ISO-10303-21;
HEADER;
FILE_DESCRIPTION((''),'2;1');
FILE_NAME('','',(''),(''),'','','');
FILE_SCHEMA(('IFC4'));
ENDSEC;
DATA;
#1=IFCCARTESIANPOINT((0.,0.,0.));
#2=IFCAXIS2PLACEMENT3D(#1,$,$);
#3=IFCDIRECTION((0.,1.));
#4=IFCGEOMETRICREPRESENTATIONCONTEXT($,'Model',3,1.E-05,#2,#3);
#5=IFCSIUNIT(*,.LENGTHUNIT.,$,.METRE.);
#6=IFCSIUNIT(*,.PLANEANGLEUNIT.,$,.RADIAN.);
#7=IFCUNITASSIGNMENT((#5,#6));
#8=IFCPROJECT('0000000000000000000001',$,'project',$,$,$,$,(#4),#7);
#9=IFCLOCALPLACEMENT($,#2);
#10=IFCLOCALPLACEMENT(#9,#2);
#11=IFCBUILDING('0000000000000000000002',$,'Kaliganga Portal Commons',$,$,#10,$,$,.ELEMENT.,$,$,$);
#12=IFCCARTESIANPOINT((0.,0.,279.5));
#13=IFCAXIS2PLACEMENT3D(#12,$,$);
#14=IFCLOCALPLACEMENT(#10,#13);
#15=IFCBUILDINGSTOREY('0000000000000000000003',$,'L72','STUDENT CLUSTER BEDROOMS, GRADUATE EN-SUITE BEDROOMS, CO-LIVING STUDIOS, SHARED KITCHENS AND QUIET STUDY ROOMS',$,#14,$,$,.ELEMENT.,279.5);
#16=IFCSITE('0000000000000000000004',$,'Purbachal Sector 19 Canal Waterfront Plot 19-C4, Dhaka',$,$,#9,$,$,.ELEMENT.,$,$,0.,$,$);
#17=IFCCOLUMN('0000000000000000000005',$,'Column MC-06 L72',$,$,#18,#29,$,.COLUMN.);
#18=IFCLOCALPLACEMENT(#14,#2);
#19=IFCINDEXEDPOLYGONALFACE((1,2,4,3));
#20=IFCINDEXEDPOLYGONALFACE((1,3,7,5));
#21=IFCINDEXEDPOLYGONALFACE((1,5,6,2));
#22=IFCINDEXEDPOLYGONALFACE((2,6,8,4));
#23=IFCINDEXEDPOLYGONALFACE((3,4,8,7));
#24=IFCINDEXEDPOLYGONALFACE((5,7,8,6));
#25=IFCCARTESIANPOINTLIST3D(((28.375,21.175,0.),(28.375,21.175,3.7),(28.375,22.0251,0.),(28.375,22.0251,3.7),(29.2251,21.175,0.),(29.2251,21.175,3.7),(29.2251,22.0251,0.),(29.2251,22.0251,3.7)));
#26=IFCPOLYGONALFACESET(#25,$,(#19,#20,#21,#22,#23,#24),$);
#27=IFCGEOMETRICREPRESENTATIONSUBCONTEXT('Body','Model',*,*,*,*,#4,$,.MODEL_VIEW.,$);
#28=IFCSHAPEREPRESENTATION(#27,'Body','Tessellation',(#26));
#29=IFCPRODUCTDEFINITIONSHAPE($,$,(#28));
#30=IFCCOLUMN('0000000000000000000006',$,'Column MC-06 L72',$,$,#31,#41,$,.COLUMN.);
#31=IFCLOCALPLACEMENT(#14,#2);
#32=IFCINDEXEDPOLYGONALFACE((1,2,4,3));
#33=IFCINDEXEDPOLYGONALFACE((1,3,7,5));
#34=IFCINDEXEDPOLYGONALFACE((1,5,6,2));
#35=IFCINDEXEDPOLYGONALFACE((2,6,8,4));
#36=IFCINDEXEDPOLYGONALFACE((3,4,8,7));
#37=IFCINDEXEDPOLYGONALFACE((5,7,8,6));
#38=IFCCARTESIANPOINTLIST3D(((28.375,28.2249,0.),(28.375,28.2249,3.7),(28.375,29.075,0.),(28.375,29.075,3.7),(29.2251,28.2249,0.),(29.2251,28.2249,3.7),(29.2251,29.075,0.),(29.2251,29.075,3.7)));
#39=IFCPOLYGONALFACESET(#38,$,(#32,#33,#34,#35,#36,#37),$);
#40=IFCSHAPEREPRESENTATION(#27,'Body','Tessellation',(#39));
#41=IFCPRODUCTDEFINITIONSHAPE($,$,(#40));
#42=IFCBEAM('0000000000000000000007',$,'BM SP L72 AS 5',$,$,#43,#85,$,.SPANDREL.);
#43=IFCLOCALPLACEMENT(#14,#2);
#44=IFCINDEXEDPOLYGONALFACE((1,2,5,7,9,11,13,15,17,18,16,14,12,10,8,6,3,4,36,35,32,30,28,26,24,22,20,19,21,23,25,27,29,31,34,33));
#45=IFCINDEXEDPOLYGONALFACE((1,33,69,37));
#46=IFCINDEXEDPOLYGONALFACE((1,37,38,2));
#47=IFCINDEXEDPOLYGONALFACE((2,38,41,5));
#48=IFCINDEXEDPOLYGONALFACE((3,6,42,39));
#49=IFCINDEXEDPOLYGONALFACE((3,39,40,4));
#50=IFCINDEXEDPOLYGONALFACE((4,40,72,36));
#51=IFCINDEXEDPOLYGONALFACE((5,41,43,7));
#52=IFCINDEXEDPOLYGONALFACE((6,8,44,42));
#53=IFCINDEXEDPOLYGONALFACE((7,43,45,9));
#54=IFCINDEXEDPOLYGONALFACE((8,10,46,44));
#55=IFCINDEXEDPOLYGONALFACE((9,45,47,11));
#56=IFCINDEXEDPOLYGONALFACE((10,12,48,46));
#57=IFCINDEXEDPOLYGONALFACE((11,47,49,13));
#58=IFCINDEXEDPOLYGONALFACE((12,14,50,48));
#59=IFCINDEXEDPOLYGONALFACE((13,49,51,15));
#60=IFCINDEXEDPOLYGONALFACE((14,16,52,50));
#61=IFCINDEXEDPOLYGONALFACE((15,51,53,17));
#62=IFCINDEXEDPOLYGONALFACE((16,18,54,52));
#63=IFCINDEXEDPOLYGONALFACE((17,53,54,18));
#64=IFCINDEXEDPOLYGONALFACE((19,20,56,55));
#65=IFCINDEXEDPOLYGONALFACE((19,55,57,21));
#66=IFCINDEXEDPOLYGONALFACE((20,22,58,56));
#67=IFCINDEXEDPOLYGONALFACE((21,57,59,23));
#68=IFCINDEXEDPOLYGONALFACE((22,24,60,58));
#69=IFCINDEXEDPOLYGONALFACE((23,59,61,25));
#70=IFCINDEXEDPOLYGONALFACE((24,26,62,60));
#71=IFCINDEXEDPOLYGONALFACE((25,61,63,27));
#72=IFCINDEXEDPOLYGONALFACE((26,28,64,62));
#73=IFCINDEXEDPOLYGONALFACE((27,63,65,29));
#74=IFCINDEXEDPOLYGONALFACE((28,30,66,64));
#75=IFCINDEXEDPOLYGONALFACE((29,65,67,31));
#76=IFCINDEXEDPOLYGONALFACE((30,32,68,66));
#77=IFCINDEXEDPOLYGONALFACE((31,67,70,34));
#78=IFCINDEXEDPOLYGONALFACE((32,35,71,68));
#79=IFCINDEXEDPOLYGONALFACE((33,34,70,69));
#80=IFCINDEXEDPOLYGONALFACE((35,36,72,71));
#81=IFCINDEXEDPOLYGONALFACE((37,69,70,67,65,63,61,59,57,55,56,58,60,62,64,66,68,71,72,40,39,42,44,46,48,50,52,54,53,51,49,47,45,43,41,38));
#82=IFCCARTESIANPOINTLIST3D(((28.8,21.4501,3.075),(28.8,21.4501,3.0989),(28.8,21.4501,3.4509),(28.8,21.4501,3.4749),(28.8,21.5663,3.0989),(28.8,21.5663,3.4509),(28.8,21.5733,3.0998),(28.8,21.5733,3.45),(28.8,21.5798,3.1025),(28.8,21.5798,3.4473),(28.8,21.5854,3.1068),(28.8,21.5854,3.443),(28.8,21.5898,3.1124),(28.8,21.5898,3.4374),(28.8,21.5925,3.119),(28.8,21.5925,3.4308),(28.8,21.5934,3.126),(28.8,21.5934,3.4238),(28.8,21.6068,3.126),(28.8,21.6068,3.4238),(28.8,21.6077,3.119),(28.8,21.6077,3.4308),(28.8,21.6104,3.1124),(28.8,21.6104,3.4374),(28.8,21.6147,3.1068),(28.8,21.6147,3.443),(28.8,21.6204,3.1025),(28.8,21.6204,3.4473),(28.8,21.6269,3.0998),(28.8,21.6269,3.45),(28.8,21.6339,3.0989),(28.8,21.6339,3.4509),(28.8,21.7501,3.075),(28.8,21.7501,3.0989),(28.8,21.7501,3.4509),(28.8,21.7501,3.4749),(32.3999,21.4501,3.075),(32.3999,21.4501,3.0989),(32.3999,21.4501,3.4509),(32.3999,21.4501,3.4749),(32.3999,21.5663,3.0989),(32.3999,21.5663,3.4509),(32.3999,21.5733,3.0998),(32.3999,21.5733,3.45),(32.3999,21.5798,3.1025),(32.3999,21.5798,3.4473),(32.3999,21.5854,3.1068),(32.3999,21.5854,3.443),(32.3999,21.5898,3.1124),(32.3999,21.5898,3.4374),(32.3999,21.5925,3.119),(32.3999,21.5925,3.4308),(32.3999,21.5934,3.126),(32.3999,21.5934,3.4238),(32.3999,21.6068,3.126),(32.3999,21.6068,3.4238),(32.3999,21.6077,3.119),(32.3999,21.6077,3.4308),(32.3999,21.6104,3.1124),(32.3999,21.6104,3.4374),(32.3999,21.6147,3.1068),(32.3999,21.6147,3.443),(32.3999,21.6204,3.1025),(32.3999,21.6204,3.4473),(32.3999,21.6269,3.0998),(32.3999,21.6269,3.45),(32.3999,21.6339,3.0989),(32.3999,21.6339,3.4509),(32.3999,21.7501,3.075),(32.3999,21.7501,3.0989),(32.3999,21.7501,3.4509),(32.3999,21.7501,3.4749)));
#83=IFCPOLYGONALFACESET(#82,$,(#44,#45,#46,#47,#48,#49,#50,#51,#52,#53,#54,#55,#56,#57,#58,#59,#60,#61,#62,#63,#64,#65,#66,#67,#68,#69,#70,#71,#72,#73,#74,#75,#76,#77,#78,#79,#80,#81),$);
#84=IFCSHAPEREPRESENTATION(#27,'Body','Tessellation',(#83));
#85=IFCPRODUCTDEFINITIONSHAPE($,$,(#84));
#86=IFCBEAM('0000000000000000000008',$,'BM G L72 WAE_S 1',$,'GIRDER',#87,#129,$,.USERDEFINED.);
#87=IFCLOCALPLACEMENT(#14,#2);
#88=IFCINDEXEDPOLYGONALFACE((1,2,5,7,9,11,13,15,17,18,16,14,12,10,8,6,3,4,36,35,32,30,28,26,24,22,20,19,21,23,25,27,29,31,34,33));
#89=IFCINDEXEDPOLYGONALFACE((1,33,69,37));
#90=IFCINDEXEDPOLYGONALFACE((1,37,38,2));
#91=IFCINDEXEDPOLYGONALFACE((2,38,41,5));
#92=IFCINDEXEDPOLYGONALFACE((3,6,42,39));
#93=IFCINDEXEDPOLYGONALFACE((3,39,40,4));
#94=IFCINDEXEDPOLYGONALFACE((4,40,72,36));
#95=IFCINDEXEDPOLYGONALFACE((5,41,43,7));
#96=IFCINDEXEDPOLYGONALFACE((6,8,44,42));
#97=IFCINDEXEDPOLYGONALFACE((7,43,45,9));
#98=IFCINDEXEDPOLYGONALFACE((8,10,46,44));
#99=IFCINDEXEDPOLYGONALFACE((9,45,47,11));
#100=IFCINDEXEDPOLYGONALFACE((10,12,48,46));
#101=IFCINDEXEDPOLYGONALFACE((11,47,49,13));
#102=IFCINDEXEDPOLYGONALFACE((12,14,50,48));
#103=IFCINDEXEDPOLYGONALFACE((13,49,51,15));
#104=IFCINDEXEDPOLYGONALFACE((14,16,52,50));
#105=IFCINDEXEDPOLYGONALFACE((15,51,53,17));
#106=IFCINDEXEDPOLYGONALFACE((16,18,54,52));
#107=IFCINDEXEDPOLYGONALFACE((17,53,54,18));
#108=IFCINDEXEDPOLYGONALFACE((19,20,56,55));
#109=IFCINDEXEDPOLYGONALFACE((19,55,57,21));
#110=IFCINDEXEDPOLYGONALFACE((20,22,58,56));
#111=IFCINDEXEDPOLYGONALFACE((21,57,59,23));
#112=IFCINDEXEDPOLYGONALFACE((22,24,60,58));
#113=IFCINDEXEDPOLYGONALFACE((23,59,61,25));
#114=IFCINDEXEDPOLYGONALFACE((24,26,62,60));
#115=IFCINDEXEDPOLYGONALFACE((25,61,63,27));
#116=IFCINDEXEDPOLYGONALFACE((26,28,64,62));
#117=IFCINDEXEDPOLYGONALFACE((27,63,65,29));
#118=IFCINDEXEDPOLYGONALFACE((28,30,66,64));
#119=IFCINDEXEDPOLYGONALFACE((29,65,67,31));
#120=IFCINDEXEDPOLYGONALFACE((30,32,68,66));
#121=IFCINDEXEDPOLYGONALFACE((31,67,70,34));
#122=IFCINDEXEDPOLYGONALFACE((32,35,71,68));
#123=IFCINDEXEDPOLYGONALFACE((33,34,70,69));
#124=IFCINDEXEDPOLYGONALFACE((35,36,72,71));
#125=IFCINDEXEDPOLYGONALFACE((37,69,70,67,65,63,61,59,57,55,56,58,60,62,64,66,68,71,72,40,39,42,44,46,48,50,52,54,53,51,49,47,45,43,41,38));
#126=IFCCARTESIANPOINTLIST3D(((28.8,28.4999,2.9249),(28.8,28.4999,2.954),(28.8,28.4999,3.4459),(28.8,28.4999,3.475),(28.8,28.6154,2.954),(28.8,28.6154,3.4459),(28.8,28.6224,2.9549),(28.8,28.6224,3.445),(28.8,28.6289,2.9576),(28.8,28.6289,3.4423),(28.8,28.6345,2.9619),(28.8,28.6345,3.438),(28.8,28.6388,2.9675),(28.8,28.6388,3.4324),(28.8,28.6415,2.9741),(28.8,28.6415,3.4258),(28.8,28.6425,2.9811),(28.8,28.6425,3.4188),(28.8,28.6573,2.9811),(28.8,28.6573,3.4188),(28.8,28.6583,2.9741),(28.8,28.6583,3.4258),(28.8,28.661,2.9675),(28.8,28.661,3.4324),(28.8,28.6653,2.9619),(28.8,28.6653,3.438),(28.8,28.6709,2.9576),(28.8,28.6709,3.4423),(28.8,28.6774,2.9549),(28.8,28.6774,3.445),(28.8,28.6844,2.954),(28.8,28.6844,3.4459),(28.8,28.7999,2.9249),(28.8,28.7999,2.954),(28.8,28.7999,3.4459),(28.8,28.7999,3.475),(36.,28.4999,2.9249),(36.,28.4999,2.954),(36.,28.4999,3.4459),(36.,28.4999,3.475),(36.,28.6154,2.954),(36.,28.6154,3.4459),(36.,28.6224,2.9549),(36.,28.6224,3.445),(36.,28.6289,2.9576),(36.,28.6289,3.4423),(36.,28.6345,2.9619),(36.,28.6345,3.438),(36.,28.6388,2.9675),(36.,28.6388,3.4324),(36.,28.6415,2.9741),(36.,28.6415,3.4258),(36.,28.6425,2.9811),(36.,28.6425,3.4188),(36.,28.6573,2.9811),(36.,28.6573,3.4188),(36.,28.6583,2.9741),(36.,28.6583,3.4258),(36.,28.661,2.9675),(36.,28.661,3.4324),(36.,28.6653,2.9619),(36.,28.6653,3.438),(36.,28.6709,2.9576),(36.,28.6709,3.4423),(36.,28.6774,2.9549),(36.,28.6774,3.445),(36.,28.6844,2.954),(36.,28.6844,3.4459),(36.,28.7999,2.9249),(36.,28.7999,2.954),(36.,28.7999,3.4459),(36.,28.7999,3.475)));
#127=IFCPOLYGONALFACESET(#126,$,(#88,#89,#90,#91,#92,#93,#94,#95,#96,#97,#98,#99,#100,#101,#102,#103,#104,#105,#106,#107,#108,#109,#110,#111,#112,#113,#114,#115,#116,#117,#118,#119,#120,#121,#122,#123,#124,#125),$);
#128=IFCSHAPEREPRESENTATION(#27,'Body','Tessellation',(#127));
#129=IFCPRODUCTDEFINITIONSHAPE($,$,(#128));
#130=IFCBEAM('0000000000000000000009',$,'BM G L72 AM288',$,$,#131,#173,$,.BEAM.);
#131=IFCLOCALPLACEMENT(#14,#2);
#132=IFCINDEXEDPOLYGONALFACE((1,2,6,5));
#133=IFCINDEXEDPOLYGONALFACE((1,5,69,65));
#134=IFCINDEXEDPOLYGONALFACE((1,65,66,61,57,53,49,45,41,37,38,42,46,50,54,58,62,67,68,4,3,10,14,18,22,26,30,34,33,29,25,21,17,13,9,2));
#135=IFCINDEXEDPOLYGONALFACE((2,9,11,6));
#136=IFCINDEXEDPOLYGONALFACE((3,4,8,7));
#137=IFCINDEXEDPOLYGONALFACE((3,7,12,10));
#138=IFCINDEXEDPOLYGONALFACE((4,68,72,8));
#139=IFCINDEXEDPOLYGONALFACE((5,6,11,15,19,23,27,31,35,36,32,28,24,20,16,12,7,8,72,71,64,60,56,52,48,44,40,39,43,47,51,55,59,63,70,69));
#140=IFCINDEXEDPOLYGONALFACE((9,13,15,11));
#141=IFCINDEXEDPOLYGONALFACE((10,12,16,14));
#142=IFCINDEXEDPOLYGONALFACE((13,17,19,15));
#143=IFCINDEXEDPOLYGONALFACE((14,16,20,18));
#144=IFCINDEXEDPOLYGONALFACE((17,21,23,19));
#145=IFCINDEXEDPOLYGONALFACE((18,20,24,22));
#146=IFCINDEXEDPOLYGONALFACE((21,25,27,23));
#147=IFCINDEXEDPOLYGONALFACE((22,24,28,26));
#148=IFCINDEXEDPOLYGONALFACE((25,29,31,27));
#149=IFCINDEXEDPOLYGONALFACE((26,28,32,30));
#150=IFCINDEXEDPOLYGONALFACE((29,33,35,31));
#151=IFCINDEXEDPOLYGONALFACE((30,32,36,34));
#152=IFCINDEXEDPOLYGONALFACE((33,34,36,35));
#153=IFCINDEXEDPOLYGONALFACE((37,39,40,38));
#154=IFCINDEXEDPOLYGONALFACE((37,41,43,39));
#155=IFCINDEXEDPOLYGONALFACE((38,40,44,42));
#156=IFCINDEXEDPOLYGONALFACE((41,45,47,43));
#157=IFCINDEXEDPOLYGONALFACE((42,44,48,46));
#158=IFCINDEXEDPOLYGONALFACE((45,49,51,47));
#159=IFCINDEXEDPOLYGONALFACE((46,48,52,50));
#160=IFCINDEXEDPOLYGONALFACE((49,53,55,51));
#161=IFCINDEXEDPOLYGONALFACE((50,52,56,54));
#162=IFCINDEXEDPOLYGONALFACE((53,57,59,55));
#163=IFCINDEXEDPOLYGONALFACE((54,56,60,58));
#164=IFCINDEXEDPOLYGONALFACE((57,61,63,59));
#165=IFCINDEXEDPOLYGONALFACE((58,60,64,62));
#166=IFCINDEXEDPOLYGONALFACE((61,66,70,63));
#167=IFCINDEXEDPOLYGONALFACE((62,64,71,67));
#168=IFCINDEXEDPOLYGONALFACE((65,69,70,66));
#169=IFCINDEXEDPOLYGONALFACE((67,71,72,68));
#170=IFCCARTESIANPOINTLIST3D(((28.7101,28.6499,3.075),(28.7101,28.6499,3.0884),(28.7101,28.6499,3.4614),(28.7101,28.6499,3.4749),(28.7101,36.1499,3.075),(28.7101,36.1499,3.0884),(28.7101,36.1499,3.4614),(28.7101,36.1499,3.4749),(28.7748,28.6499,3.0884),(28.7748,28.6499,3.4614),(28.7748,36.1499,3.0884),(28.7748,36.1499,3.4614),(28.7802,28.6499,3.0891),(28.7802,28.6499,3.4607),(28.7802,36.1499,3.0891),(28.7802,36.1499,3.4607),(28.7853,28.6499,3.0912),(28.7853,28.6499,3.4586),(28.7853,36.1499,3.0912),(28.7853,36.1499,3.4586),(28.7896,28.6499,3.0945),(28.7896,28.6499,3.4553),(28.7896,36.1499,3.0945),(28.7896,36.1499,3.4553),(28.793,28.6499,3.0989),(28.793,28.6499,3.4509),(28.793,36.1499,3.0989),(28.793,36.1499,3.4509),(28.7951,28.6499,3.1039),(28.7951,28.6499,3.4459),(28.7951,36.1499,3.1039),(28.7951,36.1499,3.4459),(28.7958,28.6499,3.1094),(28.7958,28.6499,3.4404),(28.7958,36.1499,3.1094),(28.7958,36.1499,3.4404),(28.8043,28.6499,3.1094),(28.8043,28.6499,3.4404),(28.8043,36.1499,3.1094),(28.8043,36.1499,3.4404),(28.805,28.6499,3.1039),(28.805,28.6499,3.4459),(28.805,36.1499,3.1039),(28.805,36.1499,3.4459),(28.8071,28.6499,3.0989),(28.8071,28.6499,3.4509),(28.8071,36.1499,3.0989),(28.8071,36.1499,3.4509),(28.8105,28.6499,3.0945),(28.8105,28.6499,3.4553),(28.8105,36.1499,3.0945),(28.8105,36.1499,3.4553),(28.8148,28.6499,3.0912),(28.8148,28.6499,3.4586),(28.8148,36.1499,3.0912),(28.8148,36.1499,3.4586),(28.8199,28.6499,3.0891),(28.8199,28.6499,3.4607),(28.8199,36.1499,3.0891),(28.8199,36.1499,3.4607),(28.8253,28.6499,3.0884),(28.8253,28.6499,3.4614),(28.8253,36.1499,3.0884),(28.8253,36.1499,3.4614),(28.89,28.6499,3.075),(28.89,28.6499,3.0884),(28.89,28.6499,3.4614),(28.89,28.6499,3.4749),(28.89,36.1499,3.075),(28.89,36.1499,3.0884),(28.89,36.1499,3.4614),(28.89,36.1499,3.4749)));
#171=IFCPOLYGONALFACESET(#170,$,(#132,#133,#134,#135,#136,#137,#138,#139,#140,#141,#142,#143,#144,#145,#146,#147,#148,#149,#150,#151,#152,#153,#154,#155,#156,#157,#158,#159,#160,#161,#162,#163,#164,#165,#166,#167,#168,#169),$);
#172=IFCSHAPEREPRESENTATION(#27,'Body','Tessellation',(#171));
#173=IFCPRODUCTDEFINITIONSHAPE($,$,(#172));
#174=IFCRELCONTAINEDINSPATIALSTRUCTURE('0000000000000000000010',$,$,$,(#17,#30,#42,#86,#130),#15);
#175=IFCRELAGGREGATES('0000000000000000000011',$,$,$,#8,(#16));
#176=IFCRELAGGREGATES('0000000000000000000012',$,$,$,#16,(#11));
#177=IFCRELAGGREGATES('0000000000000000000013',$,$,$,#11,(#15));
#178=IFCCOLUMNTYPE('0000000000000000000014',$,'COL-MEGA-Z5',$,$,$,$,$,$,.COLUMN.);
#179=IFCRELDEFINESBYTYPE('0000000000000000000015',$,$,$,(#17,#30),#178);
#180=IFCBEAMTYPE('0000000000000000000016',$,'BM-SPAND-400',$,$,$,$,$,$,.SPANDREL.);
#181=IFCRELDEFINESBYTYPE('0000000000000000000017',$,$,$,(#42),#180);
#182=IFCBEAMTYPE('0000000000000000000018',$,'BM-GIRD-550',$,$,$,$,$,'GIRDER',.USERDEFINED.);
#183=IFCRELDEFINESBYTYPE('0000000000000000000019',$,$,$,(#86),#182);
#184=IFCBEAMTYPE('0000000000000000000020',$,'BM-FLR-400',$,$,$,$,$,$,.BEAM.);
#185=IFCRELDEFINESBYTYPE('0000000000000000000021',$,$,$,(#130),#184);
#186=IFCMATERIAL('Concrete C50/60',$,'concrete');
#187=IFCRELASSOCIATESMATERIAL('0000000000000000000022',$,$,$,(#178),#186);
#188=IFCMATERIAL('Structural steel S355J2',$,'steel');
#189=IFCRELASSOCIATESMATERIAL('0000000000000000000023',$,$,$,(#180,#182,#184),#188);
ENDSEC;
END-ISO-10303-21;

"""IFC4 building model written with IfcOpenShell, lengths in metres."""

from ifc_helpers import new_model, si_unit, direction, frame, origin, origin_2d, place, context, subcontext, project, spatial, rectangle, i_section, extrude, source, transform, mapped, material, material_profile, profile_set, type_object, element, save


model = new_model("IFC4")

# Units and contexts
model_context = context("Model", 3, precision=1e-05, world=origin(), true_north=direction((0.0, 1.0)))
body_context = subcontext(model_context, "Body", "Model", "MODEL_VIEW")
ifc_project = project(units=[si_unit("LENGTHUNIT", "METRE"), si_unit("PLANEANGLEUNIT", "RADIAN")], contexts=[model_context])

# Site, building, storey
site_placement = place(None, origin())
site = spatial("IfcSite", under=ifc_project, at=site_placement, Name="Purbachal Sector 19 Canal Waterfront Plot 19-C4, Dhaka", CompositionType="ELEMENT", RefElevation=0.0)
building_placement = place(site_placement, origin())
building = spatial("IfcBuilding", under=site, at=building_placement, Name="Kaliganga Portal Commons", CompositionType="ELEMENT")
storey_placement = place(building_placement, frame((0.0, 0.0, 279.5)))
storey = spatial("IfcBuildingStorey", under=building, at=storey_placement, Name="L72", Description="STUDENT CLUSTER BEDROOMS, GRADUATE EN-SUITE BEDROOMS, CO-LIVING STUDIOS, SHARED KITCHENS AND QUIET STUDY ROOMS", CompositionType="ELEMENT", Elevation=279.5)

# Columns
ifc_material_1 = material(Name="Concrete C50/60", Category="concrete")
ifc_material_profile_1 = material_profile(ifc_material_1, rectangle(XDim=0.8501, YDim=0.8501, at=origin_2d()), Name="RC 850x850")
ifc_profile_set_1 = profile_set([ifc_material_profile_1], Name="Concrete C50/60")
column_type = type_object("IfcColumnType", Name="COL-MEGA-Z5", PredefinedType="COLUMN", material=ifc_profile_set_1)
shared_shape_1 = source(origin(), body_context, "Body", "SweptSolid", [
    extrude(rectangle(XDim=0.8501, YDim=0.8501, at=origin_2d()), origin(), (0.0, 0.0, 1.0), 3.7),
])
for number, where, z_axis, x_axis, name in (
    (1, (28.8, 21.6001, 0.0), (0.0, 0.0, 1.0), (1.0, 0.0, 0.0), "Column MC-06 L72"),
    (2, (28.8, 28.6499, 0.0), (0.0, 0.0, 1.0), (1.0, 0.0, 0.0), "Column MC-06 L72"),
):
    element("IfcColumn", number, at=place(storey_placement, frame(where, z_axis=z_axis, x_axis=x_axis)), inside=storey, type_object=column_type, Name=name, PredefinedType="COLUMN", context=body_context, shape_type="MappedRepresentation", body=[
        mapped(shared_shape_1, transform((0.0, 0.0, 0.0), x_axis=(1.0, 0.0, 0.0), y_axis=(0.0, 1.0, 0.0), z_axis=(0.0, 0.0, 1.0), scale=1.0)),
    ])

# Beams
ifc_material_2 = material(Name="Structural steel S355J2", Category="steel")
ifc_material_profile_2 = material_profile(ifc_material_2, i_section(OverallWidth=0.3, OverallDepth=0.3999, WebThickness=0.0134, FlangeThickness=0.0239, FilletRadius=0.0271, at=origin_2d()), Name="HE 400 B")
ifc_profile_set_2 = profile_set([ifc_material_profile_2], Name="Structural steel S355J2 wide-flange")
beam_type_1 = type_object("IfcBeamType", Name="BM-SPAND-400", PredefinedType="SPANDREL", material=ifc_profile_set_2)
shared_shape_2 = source(origin(), body_context, "Body", "SweptSolid", [
    extrude(i_section(OverallWidth=0.3, OverallDepth=0.3999, WebThickness=0.0134, FlangeThickness=0.0239, FilletRadius=0.0271, at=origin_2d()), origin(), (0.0, 0.0, 1.0), 3.5999),
])
beam_1_placement = place(storey_placement, frame((28.8, 21.6001, 3.2749), z_axis=(1.0, 0.0, 0.0), x_axis=(0.0, 1.0, 0.0)))
element("IfcBeam", 3, at=beam_1_placement, inside=storey, type_object=beam_type_1, Name="BM SP L72 AS 5", PredefinedType="SPANDREL", context=body_context, shape_type="MappedRepresentation", body=[
    mapped(shared_shape_2, transform((0.0, 0.0, 0.0), x_axis=(1.0, 0.0, 0.0), y_axis=(0.0, 1.0, 0.0), z_axis=(0.0, 0.0, 1.0), scale=1.0)),
])
ifc_material_profile_3 = material_profile(ifc_material_2, i_section(OverallWidth=0.3, OverallDepth=0.55, WebThickness=0.0149, FlangeThickness=0.0291, FilletRadius=0.0271, at=origin_2d()), Name="HE 550 B")
ifc_profile_set_3 = profile_set([ifc_material_profile_3], Name="Structural steel S355J2 wide-flange")
beam_type_2 = type_object("IfcBeamType", Name="BM-GIRD-550", ElementType="GIRDER", PredefinedType="USERDEFINED", material=ifc_profile_set_3)
shared_shape_3 = source(origin(), body_context, "Body", "SweptSolid", [
    extrude(i_section(OverallWidth=0.3, OverallDepth=0.55, WebThickness=0.0149, FlangeThickness=0.0291, FilletRadius=0.0271, at=origin_2d()), origin(), (0.0, 0.0, 1.0), 7.2),
])
beam_2_placement = place(storey_placement, frame((28.8, 28.6499, 3.2), z_axis=(1.0, 0.0, 0.0), x_axis=(0.0, 1.0, 0.0)))
element("IfcBeam", 4, at=beam_2_placement, inside=storey, type_object=beam_type_2, Name="BM G L72 WAE_S 1", ObjectType="GIRDER", PredefinedType="USERDEFINED", context=body_context, shape_type="MappedRepresentation", body=[
    mapped(shared_shape_3, transform((0.0, 0.0, 0.0), x_axis=(1.0, 0.0, 0.0), y_axis=(0.0, 1.0, 0.0), z_axis=(0.0, 0.0, 1.0), scale=1.0)),
])
ifc_material_profile_4 = material_profile(ifc_material_2, i_section(OverallWidth=0.1799, OverallDepth=0.3999, WebThickness=0.0085, FlangeThickness=0.0134, FilletRadius=0.021, at=origin_2d()), Name="IPE 400")
ifc_profile_set_4 = profile_set([ifc_material_profile_4], Name="Structural steel S355J2 wide-flange")
beam_type_3 = type_object("IfcBeamType", Name="BM-FLR-400", PredefinedType="BEAM", material=ifc_profile_set_4)
shared_shape_4 = source(origin(), body_context, "Body", "SweptSolid", [
    extrude(i_section(OverallWidth=0.1799, OverallDepth=0.3999, WebThickness=0.0085, FlangeThickness=0.0134, FilletRadius=0.021, at=origin_2d()), origin(), (0.0, 0.0, 1.0), 7.5),
])
beam_3_placement = place(storey_placement, frame((28.8, 28.6499, 3.2749), z_axis=(0.0, 1.0, 0.0), x_axis=(-1.0, 0.0, 0.0)))
element("IfcBeam", 5, at=beam_3_placement, inside=storey, type_object=beam_type_3, Name="BM G L72 AM288", PredefinedType="BEAM", context=body_context, shape_type="MappedRepresentation", body=[
    mapped(shared_shape_4, transform((0.0, 0.0, 0.0), x_axis=(1.0, 0.0, 0.0), y_axis=(0.0, 1.0, 0.0), z_axis=(0.0, 0.0, 1.0), scale=1.0)),
])

save(model, "model.ifc")
